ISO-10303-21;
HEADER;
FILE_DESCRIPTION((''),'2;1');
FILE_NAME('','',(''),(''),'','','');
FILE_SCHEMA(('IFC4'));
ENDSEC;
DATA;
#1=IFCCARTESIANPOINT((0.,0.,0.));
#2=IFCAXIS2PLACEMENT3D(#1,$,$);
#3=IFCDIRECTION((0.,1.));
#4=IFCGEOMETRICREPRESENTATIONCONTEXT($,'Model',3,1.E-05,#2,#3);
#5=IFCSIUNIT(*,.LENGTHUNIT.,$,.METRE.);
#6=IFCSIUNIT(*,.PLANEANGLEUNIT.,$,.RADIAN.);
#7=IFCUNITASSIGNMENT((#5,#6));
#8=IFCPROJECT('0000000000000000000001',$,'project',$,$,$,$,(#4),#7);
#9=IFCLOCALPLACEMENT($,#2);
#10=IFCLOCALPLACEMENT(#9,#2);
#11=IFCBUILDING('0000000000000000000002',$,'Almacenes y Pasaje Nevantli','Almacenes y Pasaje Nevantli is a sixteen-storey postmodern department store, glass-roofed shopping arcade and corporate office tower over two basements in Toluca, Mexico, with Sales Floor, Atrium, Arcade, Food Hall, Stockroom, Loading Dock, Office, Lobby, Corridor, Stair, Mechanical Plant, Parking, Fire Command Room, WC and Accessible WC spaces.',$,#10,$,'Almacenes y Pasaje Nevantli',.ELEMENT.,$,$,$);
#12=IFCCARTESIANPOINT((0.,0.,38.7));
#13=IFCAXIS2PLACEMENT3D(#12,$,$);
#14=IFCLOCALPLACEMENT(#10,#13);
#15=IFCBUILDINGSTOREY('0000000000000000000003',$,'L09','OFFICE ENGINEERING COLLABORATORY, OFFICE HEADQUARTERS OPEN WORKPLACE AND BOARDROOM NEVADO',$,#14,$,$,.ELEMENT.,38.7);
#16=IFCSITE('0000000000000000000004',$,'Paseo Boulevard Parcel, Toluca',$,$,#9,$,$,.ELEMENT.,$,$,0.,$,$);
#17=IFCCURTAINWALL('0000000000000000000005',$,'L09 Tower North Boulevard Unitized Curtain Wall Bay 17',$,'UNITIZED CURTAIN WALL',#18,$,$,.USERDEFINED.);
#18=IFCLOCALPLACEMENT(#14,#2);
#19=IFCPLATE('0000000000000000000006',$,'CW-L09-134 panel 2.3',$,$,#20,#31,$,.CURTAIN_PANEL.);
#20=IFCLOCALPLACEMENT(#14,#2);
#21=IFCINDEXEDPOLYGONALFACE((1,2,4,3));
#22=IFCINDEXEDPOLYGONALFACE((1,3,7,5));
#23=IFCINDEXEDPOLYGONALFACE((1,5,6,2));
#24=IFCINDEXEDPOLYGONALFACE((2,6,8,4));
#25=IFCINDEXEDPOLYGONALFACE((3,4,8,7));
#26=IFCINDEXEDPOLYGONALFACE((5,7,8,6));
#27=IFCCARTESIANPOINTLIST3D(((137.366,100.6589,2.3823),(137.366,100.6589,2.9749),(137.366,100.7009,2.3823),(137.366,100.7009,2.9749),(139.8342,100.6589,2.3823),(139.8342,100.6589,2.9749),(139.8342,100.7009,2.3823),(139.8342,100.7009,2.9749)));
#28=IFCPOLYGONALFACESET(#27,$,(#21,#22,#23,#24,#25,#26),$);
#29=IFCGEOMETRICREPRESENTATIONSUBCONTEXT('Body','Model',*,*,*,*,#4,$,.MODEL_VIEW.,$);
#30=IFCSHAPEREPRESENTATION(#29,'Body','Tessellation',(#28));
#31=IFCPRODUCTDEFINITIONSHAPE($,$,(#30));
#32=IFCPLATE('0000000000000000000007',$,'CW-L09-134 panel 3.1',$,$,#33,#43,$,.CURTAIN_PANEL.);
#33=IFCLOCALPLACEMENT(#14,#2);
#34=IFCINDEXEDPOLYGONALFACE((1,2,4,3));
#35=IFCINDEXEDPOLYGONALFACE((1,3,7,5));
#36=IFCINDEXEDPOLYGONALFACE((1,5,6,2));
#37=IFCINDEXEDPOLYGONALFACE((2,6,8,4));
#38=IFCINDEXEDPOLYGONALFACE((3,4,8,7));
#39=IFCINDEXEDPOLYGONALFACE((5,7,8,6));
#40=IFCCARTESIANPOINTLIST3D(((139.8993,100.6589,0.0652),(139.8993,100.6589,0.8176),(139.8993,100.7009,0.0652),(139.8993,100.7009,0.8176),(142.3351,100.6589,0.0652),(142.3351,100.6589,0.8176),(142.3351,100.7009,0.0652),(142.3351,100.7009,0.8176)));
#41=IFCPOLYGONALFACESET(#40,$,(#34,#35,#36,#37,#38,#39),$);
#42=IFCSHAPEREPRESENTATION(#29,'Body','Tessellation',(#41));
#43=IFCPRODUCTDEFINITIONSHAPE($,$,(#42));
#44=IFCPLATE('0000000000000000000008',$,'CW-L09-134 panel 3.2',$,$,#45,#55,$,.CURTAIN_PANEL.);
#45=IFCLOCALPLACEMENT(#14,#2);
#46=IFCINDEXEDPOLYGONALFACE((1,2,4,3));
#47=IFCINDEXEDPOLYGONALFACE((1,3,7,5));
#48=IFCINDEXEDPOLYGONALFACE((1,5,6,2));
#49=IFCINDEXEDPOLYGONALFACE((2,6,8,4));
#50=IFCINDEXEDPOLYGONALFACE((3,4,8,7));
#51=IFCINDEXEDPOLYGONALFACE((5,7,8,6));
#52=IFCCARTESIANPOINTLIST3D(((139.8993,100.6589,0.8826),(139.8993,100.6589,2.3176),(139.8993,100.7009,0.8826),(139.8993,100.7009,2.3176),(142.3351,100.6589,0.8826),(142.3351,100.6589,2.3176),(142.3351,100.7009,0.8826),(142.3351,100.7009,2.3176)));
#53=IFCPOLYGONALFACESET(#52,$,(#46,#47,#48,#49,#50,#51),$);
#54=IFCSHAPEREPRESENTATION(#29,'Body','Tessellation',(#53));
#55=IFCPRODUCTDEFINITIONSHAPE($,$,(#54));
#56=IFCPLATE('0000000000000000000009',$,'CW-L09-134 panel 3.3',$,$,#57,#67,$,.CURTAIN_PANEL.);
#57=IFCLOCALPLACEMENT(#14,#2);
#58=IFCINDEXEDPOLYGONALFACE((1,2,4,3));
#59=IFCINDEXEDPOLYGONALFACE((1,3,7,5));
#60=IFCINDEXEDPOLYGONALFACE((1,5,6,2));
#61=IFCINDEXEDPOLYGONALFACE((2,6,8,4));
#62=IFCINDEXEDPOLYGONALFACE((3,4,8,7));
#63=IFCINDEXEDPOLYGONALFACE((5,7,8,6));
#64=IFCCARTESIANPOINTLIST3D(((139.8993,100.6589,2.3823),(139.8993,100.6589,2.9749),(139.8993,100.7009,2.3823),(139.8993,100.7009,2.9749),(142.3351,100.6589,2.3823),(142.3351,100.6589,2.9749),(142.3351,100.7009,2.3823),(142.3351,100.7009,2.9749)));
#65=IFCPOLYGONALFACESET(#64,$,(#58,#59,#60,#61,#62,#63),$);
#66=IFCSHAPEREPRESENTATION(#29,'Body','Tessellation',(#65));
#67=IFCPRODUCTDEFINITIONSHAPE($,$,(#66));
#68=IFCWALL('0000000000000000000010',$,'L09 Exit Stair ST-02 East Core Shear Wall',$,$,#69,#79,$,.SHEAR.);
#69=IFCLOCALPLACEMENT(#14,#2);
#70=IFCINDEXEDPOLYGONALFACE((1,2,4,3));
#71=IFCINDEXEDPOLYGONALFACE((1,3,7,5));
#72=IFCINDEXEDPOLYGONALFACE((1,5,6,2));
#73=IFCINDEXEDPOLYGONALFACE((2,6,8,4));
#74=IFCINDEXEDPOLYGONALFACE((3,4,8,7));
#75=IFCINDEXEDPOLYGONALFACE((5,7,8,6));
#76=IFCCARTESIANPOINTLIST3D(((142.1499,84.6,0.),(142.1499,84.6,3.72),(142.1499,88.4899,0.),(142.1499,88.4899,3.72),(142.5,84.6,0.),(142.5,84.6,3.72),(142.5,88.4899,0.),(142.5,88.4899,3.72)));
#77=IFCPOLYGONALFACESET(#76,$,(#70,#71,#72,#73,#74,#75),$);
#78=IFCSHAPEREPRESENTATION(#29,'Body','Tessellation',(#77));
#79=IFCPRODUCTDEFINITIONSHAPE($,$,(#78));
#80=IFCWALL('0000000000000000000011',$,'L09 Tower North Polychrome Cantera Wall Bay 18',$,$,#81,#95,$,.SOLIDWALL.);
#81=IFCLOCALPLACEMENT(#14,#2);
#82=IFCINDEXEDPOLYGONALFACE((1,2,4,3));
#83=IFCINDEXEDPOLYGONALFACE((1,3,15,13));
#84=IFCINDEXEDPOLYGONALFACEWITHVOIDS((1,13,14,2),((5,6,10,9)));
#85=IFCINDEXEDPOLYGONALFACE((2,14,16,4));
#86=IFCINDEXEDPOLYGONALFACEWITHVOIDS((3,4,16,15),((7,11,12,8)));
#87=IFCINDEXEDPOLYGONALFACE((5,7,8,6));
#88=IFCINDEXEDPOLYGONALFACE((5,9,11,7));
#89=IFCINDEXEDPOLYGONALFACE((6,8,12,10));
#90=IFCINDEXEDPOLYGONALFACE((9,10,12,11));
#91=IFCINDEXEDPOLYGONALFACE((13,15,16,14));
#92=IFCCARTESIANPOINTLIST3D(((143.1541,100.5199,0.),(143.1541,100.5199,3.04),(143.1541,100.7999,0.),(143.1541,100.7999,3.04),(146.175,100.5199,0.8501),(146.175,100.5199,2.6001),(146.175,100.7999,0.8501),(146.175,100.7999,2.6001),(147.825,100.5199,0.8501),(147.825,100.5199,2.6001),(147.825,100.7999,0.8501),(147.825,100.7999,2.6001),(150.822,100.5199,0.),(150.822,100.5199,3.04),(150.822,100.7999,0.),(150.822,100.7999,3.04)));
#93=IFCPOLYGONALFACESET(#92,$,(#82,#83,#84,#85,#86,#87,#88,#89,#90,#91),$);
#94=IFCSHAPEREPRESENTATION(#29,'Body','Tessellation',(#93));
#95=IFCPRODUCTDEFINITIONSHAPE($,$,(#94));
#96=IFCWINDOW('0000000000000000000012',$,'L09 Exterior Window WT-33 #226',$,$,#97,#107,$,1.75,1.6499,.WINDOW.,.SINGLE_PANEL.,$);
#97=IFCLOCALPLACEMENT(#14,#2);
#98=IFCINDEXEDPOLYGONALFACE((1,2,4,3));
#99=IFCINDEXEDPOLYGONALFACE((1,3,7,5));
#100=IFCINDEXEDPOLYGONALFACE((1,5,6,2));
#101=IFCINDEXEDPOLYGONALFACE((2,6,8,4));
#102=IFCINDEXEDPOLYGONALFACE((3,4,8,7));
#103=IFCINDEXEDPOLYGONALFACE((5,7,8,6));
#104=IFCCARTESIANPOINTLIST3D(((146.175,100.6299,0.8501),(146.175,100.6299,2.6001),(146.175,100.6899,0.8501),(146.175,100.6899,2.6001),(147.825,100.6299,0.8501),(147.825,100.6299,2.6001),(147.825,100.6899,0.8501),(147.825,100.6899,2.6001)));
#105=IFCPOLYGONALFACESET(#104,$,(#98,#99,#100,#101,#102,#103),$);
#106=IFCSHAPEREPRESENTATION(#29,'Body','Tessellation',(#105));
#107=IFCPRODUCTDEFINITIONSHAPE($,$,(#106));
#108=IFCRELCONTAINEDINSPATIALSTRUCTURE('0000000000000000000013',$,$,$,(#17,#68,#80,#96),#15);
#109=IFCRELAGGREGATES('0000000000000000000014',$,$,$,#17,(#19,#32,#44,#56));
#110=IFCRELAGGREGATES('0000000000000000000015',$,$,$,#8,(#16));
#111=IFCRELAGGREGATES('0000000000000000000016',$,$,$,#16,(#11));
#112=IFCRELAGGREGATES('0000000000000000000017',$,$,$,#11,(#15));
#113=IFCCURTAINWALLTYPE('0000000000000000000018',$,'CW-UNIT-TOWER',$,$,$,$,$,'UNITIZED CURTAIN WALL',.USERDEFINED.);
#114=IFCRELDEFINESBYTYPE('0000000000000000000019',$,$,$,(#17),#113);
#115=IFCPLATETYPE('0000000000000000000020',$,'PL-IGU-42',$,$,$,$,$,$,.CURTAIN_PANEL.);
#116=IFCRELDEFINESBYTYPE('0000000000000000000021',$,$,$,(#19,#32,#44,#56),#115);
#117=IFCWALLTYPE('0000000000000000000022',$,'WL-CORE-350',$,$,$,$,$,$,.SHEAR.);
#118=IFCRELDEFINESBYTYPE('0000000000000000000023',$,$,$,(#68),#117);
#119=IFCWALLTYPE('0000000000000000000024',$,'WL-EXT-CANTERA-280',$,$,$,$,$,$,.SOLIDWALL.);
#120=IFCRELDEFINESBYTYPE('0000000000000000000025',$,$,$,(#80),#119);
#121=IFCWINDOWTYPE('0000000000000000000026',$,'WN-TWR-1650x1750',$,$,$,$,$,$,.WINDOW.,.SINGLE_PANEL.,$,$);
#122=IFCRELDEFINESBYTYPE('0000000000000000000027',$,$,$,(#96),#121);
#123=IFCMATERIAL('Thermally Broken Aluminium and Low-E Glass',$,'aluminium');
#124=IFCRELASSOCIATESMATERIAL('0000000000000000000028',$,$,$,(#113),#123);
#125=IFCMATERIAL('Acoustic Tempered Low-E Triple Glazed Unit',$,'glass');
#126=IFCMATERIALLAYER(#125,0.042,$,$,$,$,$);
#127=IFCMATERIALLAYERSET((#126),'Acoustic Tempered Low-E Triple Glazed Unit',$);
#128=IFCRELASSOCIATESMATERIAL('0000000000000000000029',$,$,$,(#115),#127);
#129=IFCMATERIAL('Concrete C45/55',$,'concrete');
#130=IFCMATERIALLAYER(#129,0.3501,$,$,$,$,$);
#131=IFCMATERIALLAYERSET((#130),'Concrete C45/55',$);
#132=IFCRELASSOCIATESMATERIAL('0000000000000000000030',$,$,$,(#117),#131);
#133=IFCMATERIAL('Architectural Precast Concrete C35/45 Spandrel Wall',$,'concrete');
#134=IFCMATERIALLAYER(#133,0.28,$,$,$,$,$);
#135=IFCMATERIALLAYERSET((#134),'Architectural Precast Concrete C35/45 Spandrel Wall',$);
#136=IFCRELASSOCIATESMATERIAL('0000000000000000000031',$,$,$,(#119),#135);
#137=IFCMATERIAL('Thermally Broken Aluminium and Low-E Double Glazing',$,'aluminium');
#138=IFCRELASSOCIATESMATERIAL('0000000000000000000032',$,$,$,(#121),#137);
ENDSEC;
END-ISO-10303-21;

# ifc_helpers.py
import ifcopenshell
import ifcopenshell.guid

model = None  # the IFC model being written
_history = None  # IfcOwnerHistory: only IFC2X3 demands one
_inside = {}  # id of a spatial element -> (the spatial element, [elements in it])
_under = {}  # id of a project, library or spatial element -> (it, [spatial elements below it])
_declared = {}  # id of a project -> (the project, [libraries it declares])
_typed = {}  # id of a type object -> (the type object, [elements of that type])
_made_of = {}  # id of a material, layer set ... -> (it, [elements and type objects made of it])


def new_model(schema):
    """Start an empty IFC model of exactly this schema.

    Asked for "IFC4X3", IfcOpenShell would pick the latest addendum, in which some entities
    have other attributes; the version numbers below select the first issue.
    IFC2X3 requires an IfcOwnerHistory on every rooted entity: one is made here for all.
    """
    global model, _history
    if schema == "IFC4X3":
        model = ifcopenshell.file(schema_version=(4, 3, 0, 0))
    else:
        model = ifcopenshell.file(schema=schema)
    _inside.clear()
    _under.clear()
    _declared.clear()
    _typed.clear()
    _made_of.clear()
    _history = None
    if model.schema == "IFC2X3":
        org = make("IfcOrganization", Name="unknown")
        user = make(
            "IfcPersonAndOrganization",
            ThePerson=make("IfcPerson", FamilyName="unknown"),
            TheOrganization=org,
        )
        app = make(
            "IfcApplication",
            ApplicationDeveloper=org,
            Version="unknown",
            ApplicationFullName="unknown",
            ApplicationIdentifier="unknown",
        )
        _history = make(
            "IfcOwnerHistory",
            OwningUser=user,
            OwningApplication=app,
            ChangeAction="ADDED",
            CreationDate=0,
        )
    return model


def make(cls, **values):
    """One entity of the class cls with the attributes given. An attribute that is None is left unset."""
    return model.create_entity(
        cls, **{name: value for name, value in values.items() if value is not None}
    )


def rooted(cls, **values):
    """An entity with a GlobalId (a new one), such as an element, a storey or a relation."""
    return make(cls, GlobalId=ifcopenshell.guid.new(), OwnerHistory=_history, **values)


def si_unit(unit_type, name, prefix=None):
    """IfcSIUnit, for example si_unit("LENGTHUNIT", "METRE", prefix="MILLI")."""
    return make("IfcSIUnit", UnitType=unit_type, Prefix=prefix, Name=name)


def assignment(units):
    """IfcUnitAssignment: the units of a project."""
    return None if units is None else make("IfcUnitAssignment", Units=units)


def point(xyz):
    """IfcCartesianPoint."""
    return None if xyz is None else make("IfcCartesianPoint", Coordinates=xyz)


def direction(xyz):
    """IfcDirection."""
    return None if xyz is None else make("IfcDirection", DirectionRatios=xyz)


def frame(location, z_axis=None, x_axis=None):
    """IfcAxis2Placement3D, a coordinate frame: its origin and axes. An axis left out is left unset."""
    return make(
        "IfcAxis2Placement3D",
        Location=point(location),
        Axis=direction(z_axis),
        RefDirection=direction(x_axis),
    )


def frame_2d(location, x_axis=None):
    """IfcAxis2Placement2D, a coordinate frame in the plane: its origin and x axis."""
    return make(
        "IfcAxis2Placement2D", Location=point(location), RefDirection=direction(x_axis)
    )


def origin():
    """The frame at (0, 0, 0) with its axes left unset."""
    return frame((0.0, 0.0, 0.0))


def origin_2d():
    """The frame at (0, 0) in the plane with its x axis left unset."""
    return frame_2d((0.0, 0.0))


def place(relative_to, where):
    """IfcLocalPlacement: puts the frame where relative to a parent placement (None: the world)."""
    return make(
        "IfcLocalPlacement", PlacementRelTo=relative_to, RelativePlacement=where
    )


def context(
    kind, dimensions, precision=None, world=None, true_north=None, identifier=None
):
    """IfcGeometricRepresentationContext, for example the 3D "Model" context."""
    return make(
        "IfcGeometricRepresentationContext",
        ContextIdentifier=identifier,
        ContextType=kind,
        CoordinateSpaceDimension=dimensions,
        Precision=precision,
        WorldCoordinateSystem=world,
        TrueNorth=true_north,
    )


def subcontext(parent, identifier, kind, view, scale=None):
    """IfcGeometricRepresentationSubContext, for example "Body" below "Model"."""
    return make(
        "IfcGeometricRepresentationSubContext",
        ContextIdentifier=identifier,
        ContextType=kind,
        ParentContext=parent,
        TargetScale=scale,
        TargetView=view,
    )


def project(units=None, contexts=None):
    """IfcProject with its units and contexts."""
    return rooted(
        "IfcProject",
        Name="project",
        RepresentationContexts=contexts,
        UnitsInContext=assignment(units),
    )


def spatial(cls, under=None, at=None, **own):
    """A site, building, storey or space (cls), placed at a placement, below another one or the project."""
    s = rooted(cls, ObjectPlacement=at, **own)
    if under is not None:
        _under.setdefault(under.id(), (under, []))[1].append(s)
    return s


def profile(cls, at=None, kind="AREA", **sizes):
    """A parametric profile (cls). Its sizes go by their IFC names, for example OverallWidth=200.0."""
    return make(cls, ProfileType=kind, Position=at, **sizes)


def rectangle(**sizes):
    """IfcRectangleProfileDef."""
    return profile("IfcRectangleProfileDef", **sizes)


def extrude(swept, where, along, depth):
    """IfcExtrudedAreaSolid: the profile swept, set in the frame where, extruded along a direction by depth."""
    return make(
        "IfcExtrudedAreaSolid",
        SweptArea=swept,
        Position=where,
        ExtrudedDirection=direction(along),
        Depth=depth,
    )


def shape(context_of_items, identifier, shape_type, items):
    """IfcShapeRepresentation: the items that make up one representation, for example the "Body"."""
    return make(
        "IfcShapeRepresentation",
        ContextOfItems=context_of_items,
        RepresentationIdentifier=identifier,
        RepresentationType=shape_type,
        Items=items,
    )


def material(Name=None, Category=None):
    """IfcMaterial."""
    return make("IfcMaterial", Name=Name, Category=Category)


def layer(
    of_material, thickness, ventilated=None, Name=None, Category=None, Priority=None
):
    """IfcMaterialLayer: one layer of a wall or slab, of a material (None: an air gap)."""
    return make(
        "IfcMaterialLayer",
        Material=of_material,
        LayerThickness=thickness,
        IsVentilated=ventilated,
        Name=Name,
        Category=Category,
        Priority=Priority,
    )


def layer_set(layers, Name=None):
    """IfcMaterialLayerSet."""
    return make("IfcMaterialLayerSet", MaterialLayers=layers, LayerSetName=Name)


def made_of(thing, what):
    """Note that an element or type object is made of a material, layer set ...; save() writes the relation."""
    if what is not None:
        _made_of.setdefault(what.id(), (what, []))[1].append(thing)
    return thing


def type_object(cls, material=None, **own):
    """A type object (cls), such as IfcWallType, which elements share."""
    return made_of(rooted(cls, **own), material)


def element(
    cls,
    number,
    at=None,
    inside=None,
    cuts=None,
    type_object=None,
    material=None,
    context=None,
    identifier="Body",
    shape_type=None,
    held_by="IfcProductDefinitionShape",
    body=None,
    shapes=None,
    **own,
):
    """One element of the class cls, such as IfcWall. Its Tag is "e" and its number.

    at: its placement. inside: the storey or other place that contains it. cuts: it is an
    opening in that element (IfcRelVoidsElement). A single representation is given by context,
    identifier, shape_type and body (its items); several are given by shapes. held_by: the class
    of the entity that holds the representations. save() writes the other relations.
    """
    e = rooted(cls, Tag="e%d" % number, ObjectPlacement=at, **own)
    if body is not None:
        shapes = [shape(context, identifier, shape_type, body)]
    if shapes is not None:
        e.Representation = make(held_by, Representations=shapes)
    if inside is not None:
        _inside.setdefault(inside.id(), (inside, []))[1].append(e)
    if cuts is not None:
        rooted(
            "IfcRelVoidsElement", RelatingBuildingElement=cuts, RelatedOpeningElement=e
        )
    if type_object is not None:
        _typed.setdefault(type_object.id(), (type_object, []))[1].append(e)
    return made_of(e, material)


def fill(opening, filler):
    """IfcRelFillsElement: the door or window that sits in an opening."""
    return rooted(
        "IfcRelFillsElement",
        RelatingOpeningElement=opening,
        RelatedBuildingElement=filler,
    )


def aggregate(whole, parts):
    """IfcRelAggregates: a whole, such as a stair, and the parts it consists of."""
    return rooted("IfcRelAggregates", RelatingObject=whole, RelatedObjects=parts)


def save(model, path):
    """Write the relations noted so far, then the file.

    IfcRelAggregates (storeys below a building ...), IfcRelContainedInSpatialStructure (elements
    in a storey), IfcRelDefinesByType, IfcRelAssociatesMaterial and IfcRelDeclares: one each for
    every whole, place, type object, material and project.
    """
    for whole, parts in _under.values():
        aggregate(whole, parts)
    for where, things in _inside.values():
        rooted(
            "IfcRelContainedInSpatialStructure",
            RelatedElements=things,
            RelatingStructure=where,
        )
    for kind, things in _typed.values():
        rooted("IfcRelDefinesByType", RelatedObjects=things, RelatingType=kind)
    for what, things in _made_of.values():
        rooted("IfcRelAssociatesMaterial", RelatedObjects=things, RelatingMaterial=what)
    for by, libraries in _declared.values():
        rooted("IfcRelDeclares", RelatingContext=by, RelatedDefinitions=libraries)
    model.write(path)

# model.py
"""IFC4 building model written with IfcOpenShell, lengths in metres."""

from ifc_helpers import new_model, si_unit, direction, frame, frame_2d, origin, origin_2d, place, context, subcontext, project, spatial, rectangle, extrude, material, layer, layer_set, type_object, element, fill, aggregate, save


model = new_model("IFC4")

# Units and contexts
model_context = context("Model", 3, precision=1e-05, world=origin(), true_north=direction((0.0, 1.0)))
body_context = subcontext(model_context, "Body", "Model", "MODEL_VIEW")
ifc_project = project(units=[si_unit("LENGTHUNIT", "METRE"), si_unit("PLANEANGLEUNIT", "RADIAN")], contexts=[model_context])

# Site, building, storey
site_placement = place(None, origin())
site = spatial("IfcSite", under=ifc_project, at=site_placement, Name="Paseo Boulevard Parcel, Toluca", CompositionType="ELEMENT", RefElevation=0.0)
building_placement = place(site_placement, origin())
building = spatial("IfcBuilding", under=site, at=building_placement, Name="Almacenes y Pasaje Nevantli", Description="Almacenes y Pasaje Nevantli is a sixteen-storey postmodern department store, glass-roofed shopping arcade and corporate office tower over two basements in Toluca, Mexico, with Sales Floor, Atrium, Arcade, Food Hall, Stockroom, Loading Dock, Office, Lobby, Corridor, Stair, Mechanical Plant, Parking, Fire Command Room, WC and Accessible WC spaces.", LongName="Almacenes y Pasaje Nevantli", CompositionType="ELEMENT")
storey_placement = place(building_placement, frame((0.0, 0.0, 38.7)))
storey = spatial("IfcBuildingStorey", under=building, at=storey_placement, Name="L09", Description="OFFICE ENGINEERING COLLABORATORY, OFFICE HEADQUARTERS OPEN WORKPLACE AND BOARDROOM NEVADO", CompositionType="ELEMENT", Elevation=38.7)

# Curtain wall, plates
ifc_material_1 = material(Name="Thermally Broken Aluminium and Low-E Glass", Category="aluminium")
curtain_wall_type = type_object("IfcCurtainWallType", Name="CW-UNIT-TOWER", ElementType="UNITIZED CURTAIN WALL", PredefinedType="USERDEFINED", material=ifc_material_1)
curtain_wall_placement = place(storey_placement, origin())
curtain_wall = element("IfcCurtainWall", 1, at=curtain_wall_placement, inside=storey, type_object=curtain_wall_type, Name="L09 Tower North Boulevard Unitized Curtain Wall Bay 17", ObjectType="UNITIZED CURTAIN WALL", PredefinedType="USERDEFINED")
ifc_material_2 = material(Name="Acoustic Tempered Low-E Triple Glazed Unit", Category="glass")
ifc_layer_1 = layer(ifc_material_2, 0.042)
ifc_layer_set_1 = layer_set([ifc_layer_1], Name="Acoustic Tempered Low-E Triple Glazed Unit")
plate_type = type_object("IfcPlateType", Name="PL-IGU-42", PredefinedType="CURTAIN_PANEL", material=ifc_layer_set_1)
plate_1_placement = place(storey_placement, frame((138.6001, 100.6799, 2.3823), z_axis=(0.0, 0.0, 1.0), x_axis=(1.0, 0.0, 0.0)))
plate_1 = element("IfcPlate", 2, at=plate_1_placement, type_object=plate_type, Name="CW-L09-134 panel 2.3", PredefinedType="CURTAIN_PANEL", context=body_context, shape_type="SweptSolid", body=[
    extrude(rectangle(XDim=2.4683, YDim=0.042, at=origin_2d()), origin(), (0.0, 0.0, 1.0), 0.5925),
])
plate_2_placement = place(storey_placement, frame((141.1172, 100.6799, 0.0652), z_axis=(0.0, 0.0, 1.0), x_axis=(1.0, 0.0, 0.0)))
plate_2 = element("IfcPlate", 3, at=plate_2_placement, type_object=plate_type, Name="CW-L09-134 panel 3.1", PredefinedType="CURTAIN_PANEL", context=body_context, shape_type="SweptSolid", body=[
    extrude(rectangle(XDim=2.4358, YDim=0.042, at=origin_2d()), origin(), (0.0, 0.0, 1.0), 0.7524),
])
plate_3_placement = place(storey_placement, frame((141.1172, 100.6799, 0.8826), z_axis=(0.0, 0.0, 1.0), x_axis=(1.0, 0.0, 0.0)))
plate_3 = element("IfcPlate", 4, at=plate_3_placement, type_object=plate_type, Name="CW-L09-134 panel 3.2", PredefinedType="CURTAIN_PANEL", context=body_context, shape_type="SweptSolid", body=[
    extrude(rectangle(XDim=2.4358, YDim=0.042, at=origin_2d()), origin(), (0.0, 0.0, 1.0), 1.4351),
])
plate_4_placement = place(storey_placement, frame((141.1172, 100.6799, 2.3823), z_axis=(0.0, 0.0, 1.0), x_axis=(1.0, 0.0, 0.0)))
plate_4 = element("IfcPlate", 5, at=plate_4_placement, type_object=plate_type, Name="CW-L09-134 panel 3.3", PredefinedType="CURTAIN_PANEL", context=body_context, shape_type="SweptSolid", body=[
    extrude(rectangle(XDim=2.4358, YDim=0.042, at=origin_2d()), origin(), (0.0, 0.0, 1.0), 0.5925),
])
aggregate(curtain_wall, [plate_1, plate_2, plate_3, plate_4])

# Wall
ifc_material_3 = material(Name="Concrete C45/55", Category="concrete")
ifc_layer_2 = layer(ifc_material_3, 0.3501)
ifc_layer_set_2 = layer_set([ifc_layer_2], Name="Concrete C45/55")
wall_type_1 = type_object("IfcWallType", Name="WL-CORE-350", PredefinedType="SHEAR", material=ifc_layer_set_2)
wall_1_placement = place(storey_placement, frame((142.325, 84.6001, 0.0), z_axis=(0.0, 0.0, 1.0), x_axis=(0.0, 1.0, 0.0)))
element("IfcWall", 6, at=wall_1_placement, inside=storey, type_object=wall_type_1, Name="L09 Exit Stair ST-02 East Core Shear Wall", PredefinedType="SHEAR", context=body_context, shape_type="SweptSolid", body=[
    extrude(rectangle(XDim=3.8899, YDim=0.3501, at=frame_2d((1.9448, 0.0))), origin(), (0.0, 0.0, 1.0), 3.72),
])

# Wall, opening, window
ifc_material_4 = material(Name="Architectural Precast Concrete C35/45 Spandrel Wall", Category="concrete")
ifc_layer_3 = layer(ifc_material_4, 0.28)
ifc_layer_set_3 = layer_set([ifc_layer_3], Name="Architectural Precast Concrete C35/45 Spandrel Wall")
wall_type_2 = type_object("IfcWallType", Name="WL-EXT-CANTERA-280", PredefinedType="SOLIDWALL", material=ifc_layer_set_3)
wall_2_placement = place(storey_placement, frame((143.1541, 100.6599, 0.0), z_axis=(0.0, 0.0, 1.0), x_axis=(1.0, 0.0, 0.0)))
wall_2 = element("IfcWall", 7, at=wall_2_placement, inside=storey, type_object=wall_type_2, Name="L09 Tower North Polychrome Cantera Wall Bay 18", PredefinedType="SOLIDWALL", context=body_context, shape_type="SweptSolid", body=[
    extrude(rectangle(XDim=7.668, YDim=0.28, at=frame_2d((3.834, 0.0))), origin(), (0.0, 0.0, 1.0), 3.04),
])
opening_placement = place(wall_2_placement, frame((3.021, 0.0, 0.8501)))
opening = element("IfcOpeningElement", 8, at=opening_placement, cuts=wall_2, PredefinedType="OPENING", context=body_context, shape_type="SweptSolid", body=[
    extrude(rectangle(XDim=1.6499, YDim=1.75, at=frame_2d((0.825, 0.875))), frame((0.0, 0.1499, 0.0), z_axis=(0.0, -1.0, 0.0), x_axis=(1.0, 0.0, 0.0)), (0.0, 0.0, 1.0), 0.3),
])
ifc_material_5 = material(Name="Thermally Broken Aluminium and Low-E Double Glazing", Category="aluminium")
window_type = type_object("IfcWindowType", Name="WN-TWR-1650x1750", PartitioningType="SINGLE_PANEL", PredefinedType="WINDOW", material=ifc_material_5)
window_placement = place(opening_placement, origin())
window = element("IfcWindow", 9, at=window_placement, inside=storey, type_object=window_type, Name="L09 Exterior Window WT-33 #226", OverallHeight=1.75, OverallWidth=1.6499, PartitioningType="SINGLE_PANEL", PredefinedType="WINDOW", context=body_context, shape_type="SweptSolid", body=[
    extrude(rectangle(XDim=1.6499, YDim=1.75, at=frame_2d((0.825, 0.875))), frame((0.0, 0.03, 0.0), z_axis=(0.0, -1.0, 0.0), x_axis=(1.0, 0.0, 0.0)), (0.0, 0.0, 1.0), 0.0601),
])
fill(opening, window)

save(model, "model.ifc")
